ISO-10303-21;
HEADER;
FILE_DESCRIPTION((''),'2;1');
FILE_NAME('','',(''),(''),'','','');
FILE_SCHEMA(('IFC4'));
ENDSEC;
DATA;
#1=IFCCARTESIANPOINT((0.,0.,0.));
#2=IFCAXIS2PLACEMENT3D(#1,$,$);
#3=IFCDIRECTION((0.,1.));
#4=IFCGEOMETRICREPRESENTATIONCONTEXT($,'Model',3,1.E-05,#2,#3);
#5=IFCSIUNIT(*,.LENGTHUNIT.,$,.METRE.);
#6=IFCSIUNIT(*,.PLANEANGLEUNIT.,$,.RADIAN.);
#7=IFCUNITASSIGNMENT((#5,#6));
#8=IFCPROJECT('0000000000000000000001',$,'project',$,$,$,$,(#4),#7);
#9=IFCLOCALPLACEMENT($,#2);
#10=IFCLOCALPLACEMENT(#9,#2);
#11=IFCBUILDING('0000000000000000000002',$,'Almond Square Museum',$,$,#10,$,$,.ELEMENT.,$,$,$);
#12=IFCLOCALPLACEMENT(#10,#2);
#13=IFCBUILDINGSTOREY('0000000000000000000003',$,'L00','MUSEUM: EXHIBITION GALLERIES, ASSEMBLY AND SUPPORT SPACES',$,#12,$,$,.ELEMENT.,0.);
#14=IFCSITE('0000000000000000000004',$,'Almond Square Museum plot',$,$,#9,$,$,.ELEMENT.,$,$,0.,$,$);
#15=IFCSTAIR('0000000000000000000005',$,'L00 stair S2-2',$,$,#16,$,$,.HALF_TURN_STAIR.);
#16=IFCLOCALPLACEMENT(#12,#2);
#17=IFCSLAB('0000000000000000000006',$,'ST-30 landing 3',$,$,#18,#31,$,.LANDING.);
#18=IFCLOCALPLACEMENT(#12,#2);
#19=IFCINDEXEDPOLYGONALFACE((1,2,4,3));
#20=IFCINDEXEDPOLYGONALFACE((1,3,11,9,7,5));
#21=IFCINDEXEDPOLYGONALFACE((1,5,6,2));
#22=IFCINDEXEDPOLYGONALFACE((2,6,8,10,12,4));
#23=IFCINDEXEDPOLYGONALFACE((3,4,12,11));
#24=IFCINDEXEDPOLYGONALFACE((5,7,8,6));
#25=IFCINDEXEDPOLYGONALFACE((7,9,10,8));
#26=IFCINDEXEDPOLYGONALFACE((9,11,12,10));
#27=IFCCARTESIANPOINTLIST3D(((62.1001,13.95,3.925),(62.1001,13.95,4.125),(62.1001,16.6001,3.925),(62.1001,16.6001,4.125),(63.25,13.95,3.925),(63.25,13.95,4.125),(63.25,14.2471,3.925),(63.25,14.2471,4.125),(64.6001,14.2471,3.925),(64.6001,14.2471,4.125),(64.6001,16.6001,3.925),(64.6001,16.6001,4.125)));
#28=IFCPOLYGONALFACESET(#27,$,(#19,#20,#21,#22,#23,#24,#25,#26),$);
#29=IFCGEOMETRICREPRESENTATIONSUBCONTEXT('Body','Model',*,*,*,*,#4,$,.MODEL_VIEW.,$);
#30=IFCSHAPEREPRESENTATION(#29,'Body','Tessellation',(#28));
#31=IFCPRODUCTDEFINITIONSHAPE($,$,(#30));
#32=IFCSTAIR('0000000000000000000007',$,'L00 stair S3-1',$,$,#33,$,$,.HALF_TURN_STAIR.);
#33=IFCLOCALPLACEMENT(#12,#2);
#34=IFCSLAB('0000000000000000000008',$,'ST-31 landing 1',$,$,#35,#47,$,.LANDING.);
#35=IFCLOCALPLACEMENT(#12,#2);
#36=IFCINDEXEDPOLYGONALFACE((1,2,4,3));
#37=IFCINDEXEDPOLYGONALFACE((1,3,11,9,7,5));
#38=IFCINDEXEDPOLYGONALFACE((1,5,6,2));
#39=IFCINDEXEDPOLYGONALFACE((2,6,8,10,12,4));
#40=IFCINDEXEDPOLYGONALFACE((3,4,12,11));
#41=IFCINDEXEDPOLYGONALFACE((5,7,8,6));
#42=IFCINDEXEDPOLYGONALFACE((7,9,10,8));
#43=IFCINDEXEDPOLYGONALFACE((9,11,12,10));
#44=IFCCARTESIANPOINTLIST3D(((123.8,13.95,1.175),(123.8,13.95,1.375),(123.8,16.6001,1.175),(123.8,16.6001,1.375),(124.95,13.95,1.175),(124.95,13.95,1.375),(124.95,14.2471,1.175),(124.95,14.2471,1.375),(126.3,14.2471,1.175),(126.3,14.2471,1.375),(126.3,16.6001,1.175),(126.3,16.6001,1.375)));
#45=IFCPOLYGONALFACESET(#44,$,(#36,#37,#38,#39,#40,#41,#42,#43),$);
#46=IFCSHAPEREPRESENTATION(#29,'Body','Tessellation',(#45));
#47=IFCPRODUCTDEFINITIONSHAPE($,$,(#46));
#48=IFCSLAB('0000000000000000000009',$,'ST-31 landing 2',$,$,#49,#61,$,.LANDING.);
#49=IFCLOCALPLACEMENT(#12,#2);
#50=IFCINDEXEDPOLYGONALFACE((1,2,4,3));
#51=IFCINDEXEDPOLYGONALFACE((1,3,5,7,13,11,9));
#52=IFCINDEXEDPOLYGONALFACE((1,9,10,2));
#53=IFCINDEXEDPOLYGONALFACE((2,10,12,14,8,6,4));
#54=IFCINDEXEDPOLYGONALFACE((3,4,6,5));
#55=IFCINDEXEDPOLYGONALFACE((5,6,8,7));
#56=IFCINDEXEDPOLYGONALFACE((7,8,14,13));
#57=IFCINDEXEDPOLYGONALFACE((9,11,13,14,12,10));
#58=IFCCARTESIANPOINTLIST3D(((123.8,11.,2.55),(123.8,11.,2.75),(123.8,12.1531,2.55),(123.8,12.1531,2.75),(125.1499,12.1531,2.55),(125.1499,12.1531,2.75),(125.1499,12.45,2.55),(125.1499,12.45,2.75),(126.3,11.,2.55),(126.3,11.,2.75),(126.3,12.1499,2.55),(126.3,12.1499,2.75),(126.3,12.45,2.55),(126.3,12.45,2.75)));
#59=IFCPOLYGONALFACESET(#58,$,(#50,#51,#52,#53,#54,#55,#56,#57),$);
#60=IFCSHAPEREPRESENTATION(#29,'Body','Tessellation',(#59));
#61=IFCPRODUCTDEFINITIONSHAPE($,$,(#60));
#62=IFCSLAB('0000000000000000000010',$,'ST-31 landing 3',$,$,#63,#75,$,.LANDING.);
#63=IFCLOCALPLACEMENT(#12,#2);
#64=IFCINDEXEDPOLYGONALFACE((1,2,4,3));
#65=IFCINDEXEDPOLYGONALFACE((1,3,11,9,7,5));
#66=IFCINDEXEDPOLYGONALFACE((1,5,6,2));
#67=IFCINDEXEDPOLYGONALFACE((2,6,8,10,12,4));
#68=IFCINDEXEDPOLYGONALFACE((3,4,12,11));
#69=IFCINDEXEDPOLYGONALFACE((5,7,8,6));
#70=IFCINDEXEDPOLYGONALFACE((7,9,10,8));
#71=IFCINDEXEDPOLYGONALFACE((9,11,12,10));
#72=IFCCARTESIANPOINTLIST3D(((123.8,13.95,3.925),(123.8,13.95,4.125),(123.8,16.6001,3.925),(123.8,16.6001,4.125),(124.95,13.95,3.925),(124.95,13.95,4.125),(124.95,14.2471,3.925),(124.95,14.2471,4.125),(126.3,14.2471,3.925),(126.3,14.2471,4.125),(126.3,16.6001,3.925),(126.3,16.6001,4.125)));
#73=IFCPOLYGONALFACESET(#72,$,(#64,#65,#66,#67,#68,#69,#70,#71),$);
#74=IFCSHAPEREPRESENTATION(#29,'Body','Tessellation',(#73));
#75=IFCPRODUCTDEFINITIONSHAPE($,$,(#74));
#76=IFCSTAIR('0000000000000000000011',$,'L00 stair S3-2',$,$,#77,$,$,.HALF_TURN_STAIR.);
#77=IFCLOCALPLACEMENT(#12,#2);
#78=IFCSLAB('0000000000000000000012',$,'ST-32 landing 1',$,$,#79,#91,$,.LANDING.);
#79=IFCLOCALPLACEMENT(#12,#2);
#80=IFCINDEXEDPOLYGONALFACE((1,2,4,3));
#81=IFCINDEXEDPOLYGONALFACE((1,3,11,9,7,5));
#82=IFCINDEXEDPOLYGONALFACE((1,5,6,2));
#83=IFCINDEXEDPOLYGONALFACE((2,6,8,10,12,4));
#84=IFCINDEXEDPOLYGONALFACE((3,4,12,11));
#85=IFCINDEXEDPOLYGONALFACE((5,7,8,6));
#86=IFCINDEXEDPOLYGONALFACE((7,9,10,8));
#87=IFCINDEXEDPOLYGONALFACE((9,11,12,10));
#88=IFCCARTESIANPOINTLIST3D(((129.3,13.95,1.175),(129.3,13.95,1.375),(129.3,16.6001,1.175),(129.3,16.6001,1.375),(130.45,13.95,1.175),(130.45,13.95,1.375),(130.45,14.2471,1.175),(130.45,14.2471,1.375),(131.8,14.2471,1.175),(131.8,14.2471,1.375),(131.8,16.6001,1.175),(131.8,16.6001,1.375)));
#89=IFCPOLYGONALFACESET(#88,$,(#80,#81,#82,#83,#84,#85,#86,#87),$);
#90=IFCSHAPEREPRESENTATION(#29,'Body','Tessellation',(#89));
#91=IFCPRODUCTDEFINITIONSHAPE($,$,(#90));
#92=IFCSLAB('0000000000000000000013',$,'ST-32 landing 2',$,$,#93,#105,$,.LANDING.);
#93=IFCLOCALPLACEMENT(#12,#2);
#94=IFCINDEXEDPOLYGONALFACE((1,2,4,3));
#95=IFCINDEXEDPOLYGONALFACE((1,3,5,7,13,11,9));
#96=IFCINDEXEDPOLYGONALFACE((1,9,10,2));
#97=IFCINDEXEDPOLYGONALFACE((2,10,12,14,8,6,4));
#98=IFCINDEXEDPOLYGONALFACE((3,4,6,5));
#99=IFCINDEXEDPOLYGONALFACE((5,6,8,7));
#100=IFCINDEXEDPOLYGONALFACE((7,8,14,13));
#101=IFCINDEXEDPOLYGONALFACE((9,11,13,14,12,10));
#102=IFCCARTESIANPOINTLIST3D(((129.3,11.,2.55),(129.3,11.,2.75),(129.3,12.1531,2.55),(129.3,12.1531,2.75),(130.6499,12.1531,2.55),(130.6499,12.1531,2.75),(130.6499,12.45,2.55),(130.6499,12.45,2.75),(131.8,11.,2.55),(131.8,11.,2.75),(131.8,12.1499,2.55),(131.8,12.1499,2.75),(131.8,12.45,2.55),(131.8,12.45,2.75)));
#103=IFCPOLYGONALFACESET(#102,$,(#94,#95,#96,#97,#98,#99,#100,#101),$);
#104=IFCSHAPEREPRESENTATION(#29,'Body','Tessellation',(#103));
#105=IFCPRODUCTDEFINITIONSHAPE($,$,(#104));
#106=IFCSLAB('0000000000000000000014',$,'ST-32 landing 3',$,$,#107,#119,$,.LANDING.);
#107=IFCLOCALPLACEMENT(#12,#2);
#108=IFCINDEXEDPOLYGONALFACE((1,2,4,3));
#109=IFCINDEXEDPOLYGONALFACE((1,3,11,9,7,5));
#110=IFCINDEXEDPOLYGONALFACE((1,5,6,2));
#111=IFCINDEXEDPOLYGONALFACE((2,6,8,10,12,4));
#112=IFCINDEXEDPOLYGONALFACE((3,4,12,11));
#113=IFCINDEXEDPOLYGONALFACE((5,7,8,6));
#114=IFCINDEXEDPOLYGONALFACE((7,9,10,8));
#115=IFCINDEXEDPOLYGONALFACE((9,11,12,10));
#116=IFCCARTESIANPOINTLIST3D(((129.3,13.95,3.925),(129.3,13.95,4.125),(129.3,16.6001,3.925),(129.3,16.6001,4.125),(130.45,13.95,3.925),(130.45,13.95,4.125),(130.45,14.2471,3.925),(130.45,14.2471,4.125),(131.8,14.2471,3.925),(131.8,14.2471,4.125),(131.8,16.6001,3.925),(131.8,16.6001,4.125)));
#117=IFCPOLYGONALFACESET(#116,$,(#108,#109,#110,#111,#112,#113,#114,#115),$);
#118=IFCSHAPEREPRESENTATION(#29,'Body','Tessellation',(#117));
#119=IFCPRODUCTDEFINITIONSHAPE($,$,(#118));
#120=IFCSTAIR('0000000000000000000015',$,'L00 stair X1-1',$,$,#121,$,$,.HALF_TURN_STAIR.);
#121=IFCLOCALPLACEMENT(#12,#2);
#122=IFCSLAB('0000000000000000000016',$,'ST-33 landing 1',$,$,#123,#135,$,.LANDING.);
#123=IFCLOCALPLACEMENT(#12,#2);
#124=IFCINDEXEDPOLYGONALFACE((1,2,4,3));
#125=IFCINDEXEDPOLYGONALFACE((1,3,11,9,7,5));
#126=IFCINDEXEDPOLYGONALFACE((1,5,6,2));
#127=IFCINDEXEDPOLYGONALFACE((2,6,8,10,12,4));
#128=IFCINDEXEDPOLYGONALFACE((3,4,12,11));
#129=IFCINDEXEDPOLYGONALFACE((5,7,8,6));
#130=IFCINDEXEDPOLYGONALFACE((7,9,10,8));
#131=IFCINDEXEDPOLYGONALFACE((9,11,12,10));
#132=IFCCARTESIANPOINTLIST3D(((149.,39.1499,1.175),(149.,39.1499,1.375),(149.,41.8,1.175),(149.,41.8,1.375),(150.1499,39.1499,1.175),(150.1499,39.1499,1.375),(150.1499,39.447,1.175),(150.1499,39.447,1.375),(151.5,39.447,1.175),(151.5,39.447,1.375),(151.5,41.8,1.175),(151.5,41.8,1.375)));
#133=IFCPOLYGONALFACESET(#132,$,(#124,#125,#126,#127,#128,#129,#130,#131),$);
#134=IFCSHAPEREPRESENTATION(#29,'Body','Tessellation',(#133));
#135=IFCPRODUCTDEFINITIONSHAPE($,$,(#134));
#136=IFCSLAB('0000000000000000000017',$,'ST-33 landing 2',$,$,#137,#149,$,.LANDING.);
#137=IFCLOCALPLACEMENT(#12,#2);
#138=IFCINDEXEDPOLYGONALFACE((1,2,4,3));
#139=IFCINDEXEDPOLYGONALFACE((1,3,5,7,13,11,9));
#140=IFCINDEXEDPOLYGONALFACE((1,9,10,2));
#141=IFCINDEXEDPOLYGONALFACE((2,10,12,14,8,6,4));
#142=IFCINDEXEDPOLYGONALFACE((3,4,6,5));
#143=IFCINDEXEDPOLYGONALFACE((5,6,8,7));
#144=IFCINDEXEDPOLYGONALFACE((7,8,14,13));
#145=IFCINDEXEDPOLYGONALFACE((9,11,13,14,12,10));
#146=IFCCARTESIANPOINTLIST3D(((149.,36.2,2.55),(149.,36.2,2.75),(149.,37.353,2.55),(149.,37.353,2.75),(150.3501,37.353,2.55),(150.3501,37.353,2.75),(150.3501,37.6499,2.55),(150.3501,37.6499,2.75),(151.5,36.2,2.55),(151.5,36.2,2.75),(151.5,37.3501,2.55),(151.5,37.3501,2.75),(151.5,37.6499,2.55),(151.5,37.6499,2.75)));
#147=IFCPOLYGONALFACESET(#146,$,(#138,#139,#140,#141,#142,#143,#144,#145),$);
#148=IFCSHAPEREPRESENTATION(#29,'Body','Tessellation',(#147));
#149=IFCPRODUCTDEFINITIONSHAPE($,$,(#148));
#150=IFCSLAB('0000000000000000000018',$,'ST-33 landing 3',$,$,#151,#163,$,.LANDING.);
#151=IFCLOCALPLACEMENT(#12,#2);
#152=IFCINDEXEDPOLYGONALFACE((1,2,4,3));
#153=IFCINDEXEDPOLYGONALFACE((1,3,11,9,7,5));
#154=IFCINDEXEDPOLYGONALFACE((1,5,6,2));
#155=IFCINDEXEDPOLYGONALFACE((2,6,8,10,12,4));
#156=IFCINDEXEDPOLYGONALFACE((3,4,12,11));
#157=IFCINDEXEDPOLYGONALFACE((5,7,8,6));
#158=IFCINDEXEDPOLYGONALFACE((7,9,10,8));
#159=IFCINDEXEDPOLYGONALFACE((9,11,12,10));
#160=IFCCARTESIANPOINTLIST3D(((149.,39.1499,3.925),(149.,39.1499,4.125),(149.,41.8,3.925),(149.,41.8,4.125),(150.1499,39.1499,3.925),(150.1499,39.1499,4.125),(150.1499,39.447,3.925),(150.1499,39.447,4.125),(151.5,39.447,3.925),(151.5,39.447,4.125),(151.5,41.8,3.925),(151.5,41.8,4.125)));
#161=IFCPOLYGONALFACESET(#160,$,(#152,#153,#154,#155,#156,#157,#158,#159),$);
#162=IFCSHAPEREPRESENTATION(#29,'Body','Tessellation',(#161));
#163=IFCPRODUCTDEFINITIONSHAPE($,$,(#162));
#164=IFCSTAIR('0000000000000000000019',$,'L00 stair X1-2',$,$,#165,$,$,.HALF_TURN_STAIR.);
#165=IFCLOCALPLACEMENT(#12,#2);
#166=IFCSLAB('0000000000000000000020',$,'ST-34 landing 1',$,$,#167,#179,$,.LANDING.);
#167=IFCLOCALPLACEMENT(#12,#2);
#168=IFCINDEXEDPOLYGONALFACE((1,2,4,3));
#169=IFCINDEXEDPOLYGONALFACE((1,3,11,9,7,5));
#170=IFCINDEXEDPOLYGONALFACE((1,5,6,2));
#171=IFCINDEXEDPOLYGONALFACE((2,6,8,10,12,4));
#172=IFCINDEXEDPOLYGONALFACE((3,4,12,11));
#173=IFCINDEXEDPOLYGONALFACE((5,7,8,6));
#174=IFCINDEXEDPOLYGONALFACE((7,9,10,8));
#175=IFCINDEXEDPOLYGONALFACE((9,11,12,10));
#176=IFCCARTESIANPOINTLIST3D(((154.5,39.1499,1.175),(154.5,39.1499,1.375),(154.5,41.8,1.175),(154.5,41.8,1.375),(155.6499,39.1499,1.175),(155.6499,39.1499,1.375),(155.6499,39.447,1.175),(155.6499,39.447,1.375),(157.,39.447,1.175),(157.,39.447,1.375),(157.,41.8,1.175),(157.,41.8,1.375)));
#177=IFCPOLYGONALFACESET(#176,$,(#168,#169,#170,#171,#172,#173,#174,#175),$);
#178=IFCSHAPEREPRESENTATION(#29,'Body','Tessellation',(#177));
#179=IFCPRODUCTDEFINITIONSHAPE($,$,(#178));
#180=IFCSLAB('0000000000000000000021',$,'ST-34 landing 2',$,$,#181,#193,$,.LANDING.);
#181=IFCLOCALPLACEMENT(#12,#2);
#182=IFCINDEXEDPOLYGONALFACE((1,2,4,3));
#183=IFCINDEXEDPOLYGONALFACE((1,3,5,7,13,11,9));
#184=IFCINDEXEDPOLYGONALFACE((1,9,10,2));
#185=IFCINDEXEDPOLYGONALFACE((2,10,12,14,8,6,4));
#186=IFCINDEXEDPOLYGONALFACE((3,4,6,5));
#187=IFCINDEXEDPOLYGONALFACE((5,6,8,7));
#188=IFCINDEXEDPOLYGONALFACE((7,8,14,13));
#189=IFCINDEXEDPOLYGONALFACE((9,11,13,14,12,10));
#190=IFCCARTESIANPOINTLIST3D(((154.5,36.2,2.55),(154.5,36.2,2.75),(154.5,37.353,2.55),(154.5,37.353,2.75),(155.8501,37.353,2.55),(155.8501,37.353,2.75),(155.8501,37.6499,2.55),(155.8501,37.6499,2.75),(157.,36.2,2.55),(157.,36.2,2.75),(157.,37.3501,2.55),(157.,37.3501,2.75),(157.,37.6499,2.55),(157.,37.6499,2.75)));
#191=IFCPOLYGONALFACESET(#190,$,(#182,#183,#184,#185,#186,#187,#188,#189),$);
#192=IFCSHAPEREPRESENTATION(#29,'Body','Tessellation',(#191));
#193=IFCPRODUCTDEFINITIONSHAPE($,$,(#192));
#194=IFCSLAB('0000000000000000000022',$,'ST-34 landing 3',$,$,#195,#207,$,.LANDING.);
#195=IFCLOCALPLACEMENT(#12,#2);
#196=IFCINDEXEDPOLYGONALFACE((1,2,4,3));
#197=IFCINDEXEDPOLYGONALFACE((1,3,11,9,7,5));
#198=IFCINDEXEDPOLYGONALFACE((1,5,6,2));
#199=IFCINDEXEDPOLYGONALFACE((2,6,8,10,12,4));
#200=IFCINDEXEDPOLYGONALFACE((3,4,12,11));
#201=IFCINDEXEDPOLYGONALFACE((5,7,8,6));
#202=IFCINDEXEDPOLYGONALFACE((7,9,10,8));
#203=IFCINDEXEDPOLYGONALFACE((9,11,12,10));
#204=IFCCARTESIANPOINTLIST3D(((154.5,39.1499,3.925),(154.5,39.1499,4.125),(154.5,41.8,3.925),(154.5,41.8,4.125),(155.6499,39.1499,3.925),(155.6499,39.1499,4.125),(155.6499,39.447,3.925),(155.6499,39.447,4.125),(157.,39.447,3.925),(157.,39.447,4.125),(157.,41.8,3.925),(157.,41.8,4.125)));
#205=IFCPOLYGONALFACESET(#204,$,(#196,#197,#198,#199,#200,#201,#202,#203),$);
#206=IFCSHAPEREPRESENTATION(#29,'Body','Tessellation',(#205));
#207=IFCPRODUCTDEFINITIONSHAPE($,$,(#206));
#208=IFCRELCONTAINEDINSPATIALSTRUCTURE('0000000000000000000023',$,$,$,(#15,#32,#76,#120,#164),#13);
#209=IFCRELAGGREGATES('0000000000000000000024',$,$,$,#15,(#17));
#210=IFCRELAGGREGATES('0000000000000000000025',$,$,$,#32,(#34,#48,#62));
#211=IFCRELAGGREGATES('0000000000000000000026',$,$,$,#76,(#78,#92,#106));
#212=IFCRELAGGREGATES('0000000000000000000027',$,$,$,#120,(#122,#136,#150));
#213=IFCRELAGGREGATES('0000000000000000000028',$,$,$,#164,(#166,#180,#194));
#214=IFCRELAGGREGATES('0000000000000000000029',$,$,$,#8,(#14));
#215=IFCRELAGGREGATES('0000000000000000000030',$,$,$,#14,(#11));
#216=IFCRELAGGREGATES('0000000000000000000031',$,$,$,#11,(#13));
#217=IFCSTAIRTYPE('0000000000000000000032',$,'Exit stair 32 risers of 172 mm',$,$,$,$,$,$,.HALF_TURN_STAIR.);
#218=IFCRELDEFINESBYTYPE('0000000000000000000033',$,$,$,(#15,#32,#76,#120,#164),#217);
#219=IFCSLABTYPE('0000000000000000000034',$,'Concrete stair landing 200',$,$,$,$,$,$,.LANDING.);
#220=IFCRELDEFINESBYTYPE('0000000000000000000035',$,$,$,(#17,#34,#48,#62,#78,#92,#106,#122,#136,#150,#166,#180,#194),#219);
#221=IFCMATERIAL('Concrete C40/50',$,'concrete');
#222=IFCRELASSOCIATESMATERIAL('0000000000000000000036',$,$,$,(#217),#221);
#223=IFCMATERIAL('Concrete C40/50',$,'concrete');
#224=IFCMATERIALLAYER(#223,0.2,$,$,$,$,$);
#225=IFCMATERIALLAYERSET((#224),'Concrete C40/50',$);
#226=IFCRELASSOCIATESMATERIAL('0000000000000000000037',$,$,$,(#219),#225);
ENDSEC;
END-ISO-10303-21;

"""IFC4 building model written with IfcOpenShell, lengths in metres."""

from ifc_helpers import new_model, si_unit, direction, frame, origin, place, context, subcontext, project, spatial, polyline, outline, extrude, material, layer, layer_set, type_object, element, aggregate, save


model = new_model("IFC4")

# Units and contexts
model_context = context("Model", 3, precision=1e-05, world=origin(), true_north=direction((0.0, 1.0)))
body_context = subcontext(model_context, "Body", "Model", "MODEL_VIEW")
ifc_project = project(units=[si_unit("LENGTHUNIT", "METRE"), si_unit("PLANEANGLEUNIT", "RADIAN")], contexts=[model_context])

# Site, building, storey
site_placement = place(None, origin())
site = spatial("IfcSite", under=ifc_project, at=site_placement, Name="Almond Square Museum plot", CompositionType="ELEMENT", RefElevation=0.0)
building_placement = place(site_placement, origin())
building = spatial("IfcBuilding", under=site, at=building_placement, Name="Almond Square Museum", CompositionType="ELEMENT")
storey_placement = place(building_placement, origin())
storey = spatial("IfcBuildingStorey", under=building, at=storey_placement, Name="L00", Description="MUSEUM: EXHIBITION GALLERIES, ASSEMBLY AND SUPPORT SPACES", CompositionType="ELEMENT", Elevation=0.0)

# Stairs, slabs
ifc_material_1 = material(Name="Concrete C40/50", Category="concrete")
stair_type_1 = type_object("IfcStairType", Name="Exit stair 32 risers of 172 mm", PredefinedType="HALF_TURN_STAIR", material=ifc_material_1)
ifc_material_2 = material(Name="Concrete C40/50", Category="concrete")
ifc_layer_1 = layer(ifc_material_2, 0.2)
ifc_layer_set_1 = layer_set([ifc_layer_1], Name="Concrete C40/50")
slab_type_1 = type_object("IfcSlabType", Name="Concrete stair landing 200", PredefinedType="LANDING", material=ifc_layer_set_1)
stair_1_placement = place(storey_placement, origin())
stair_1 = element("IfcStair", 1, at=stair_1_placement, inside=storey, type_object=stair_type_1, Name="L00 stair S2-2", PredefinedType="HALF_TURN_STAIR")
slab_1_placement = place(storey_placement, frame((0.0, 0.0, 3.925)))
slab_1 = element("IfcSlab", 2, at=slab_1_placement, type_object=slab_type_1, Name="ST-30 landing 3", PredefinedType="LANDING", context=body_context, shape_type="SweptSolid", body=[
    extrude(outline(polyline([(64.6001, 14.2471), (64.6001, 16.6001), (62.1001, 16.6001), (62.1001, 13.95), (63.25, 13.95), (63.25, 14.2471), (64.6001, 14.2471)])), origin(), (0.0, 0.0, 1.0), 0.2),
])
aggregate(stair_1, [slab_1])
stair_2_placement = place(storey_placement, origin())
stair_2 = element("IfcStair", 3, at=stair_2_placement, inside=storey, type_object=stair_type_1, Name="L00 stair S3-1", PredefinedType="HALF_TURN_STAIR")
slab_2_placement = place(storey_placement, frame((0.0, 0.0, 1.175)))
slab_2 = element("IfcSlab", 4, at=slab_2_placement, type_object=slab_type_1, Name="ST-31 landing 1", PredefinedType="LANDING", context=body_context, shape_type="SweptSolid", body=[
    extrude(outline(polyline([(126.3, 14.2471), (126.3, 16.6001), (123.8, 16.6001), (123.8, 13.95), (124.95, 13.95), (124.95, 14.2471), (126.3, 14.2471)])), origin(), (0.0, 0.0, 1.0), 0.2),
])
slab_3_placement = place(storey_placement, frame((0.0, 0.0, 2.55)))
slab_3 = element("IfcSlab", 5, at=slab_3_placement, type_object=slab_type_1, Name="ST-31 landing 2", PredefinedType="LANDING", context=body_context, shape_type="SweptSolid", body=[
    extrude(outline(polyline([(126.3, 11.0), (126.3, 12.1499), (126.3, 12.45), (125.1499, 12.45), (125.1499, 12.1531), (123.8, 12.1531), (123.8, 11.0), (126.3, 11.0)])), origin(), (0.0, 0.0, 1.0), 0.2),
])
slab_4_placement = place(storey_placement, frame((0.0, 0.0, 3.925)))
slab_4 = element("IfcSlab", 6, at=slab_4_placement, type_object=slab_type_1, Name="ST-31 landing 3", PredefinedType="LANDING", context=body_context, shape_type="SweptSolid", body=[
    extrude(outline(polyline([(126.3, 14.2471), (126.3, 16.6001), (123.8, 16.6001), (123.8, 13.95), (124.95, 13.95), (124.95, 14.2471), (126.3, 14.2471)])), origin(), (0.0, 0.0, 1.0), 0.2),
])
aggregate(stair_2, [slab_2, slab_3, slab_4])
stair_3_placement = place(storey_placement, origin())
stair_3 = element("IfcStair", 7, at=stair_3_placement, inside=storey, type_object=stair_type_1, Name="L00 stair S3-2", PredefinedType="HALF_TURN_STAIR")
slab_5_placement = place(storey_placement, frame((0.0, 0.0, 1.175)))
slab_5 = element("IfcSlab", 8, at=slab_5_placement, type_object=slab_type_1, Name="ST-32 landing 1", PredefinedType="LANDING", context=body_context, shape_type="SweptSolid", body=[
    extrude(outline(polyline([(131.8, 14.2471), (131.8, 16.6001), (129.3, 16.6001), (129.3, 13.95), (130.45, 13.95), (130.45, 14.2471), (131.8, 14.2471)])), origin(), (0.0, 0.0, 1.0), 0.2),
])
slab_6_placement = place(storey_placement, frame((0.0, 0.0, 2.55)))
slab_6 = element("IfcSlab", 9, at=slab_6_placement, type_object=slab_type_1, Name="ST-32 landing 2", PredefinedType="LANDING", context=body_context, shape_type="SweptSolid", body=[
    extrude(outline(polyline([(131.8, 11.0), (131.8, 12.1499), (131.8, 12.45), (130.6499, 12.45), (130.6499, 12.1531), (129.3, 12.1531), (129.3, 11.0), (131.8, 11.0)])), origin(), (0.0, 0.0, 1.0), 0.2),
])
slab_7_placement = place(storey_placement, frame((0.0, 0.0, 3.925)))
slab_7 = element("IfcSlab", 10, at=slab_7_placement, type_object=slab_type_1, Name="ST-32 landing 3", PredefinedType="LANDING", context=body_context, shape_type="SweptSolid", body=[
    extrude(outline(polyline([(131.8, 14.2471), (131.8, 16.6001), (129.3, 16.6001), (129.3, 13.95), (130.45, 13.95), (130.45, 14.2471), (131.8, 14.2471)])), origin(), (0.0, 0.0, 1.0), 0.2),
])
aggregate(stair_3, [slab_5, slab_6, slab_7])
stair_4_placement = place(storey_placement, origin())
stair_4 = element("IfcStair", 11, at=stair_4_placement, inside=storey, type_object=stair_type_1, Name="L00 stair X1-1", PredefinedType="HALF_TURN_STAIR")
slab_8_placement = place(storey_placement, frame((0.0, 0.0, 1.175)))
slab_8 = element("IfcSlab", 12, at=slab_8_placement, type_object=slab_type_1, Name="ST-33 landing 1", PredefinedType="LANDING", context=body_context, shape_type="SweptSolid", body=[
    extrude(outline(polyline([(151.5, 39.447), (151.5, 41.8), (149.0, 41.8), (149.0, 39.1499), (150.1499, 39.1499), (150.1499, 39.447), (151.5, 39.447)])), origin(), (0.0, 0.0, 1.0), 0.2),
])
slab_9_placement = place(storey_placement, frame((0.0, 0.0, 2.55)))
slab_9 = element("IfcSlab", 13, at=slab_9_placement, type_object=slab_type_1, Name="ST-33 landing 2", PredefinedType="LANDING", context=body_context, shape_type="SweptSolid", body=[
    extrude(outline(polyline([(151.5, 36.2), (151.5, 37.3501), (151.5, 37.6499), (150.3501, 37.6499), (150.3501, 37.353), (149.0, 37.353), (149.0, 36.2), (151.5, 36.2)])), origin(), (0.0, 0.0, 1.0), 0.2),
])
slab_10_placement = place(storey_placement, frame((0.0, 0.0, 3.925)))
slab_10 = element("IfcSlab", 14, at=slab_10_placement, type_object=slab_type_1, Name="ST-33 landing 3", PredefinedType="LANDING", context=body_context, shape_type="SweptSolid", body=[
    extrude(outline(polyline([(151.5, 39.447), (151.5, 41.8), (149.0, 41.8), (149.0, 39.1499), (150.1499, 39.1499), (150.1499, 39.447), (151.5, 39.447)])), origin(), (0.0, 0.0, 1.0), 0.2),
])
aggregate(stair_4, [slab_8, slab_9, slab_10])
stair_5_placement = place(storey_placement, origin())
stair_5 = element("IfcStair", 15, at=stair_5_placement, inside=storey, type_object=stair_type_1, Name="L00 stair X1-2", PredefinedType="HALF_TURN_STAIR")
slab_11_placement = place(storey_placement, frame((0.0, 0.0, 1.175)))
slab_11 = element("IfcSlab", 16, at=slab_11_placement, type_object=slab_type_1, Name="ST-34 landing 1", PredefinedType="LANDING", context=body_context, shape_type="SweptSolid", body=[
    extrude(outline(polyline([(157.0, 39.447), (157.0, 41.8), (154.5, 41.8), (154.5, 39.1499), (155.6499, 39.1499), (155.6499, 39.447), (157.0, 39.447)])), origin(), (0.0, 0.0, 1.0), 0.2),
])
slab_12_placement = place(storey_placement, frame((0.0, 0.0, 2.55)))
slab_12 = element("IfcSlab", 17, at=slab_12_placement, type_object=slab_type_1, Name="ST-34 landing 2", PredefinedType="LANDING", context=body_context, shape_type="SweptSolid", body=[
    extrude(outline(polyline([(157.0, 36.2), (157.0, 37.3501), (157.0, 37.6499), (155.8501, 37.6499), (155.8501, 37.353), (154.5, 37.353), (154.5, 36.2), (157.0, 36.2)])), origin(), (0.0, 0.0, 1.0), 0.2),
])
slab_13_placement = place(storey_placement, frame((0.0, 0.0, 3.925)))
slab_13 = element("IfcSlab", 18, at=slab_13_placement, type_object=slab_type_1, Name="ST-34 landing 3", PredefinedType="LANDING", context=body_context, shape_type="SweptSolid", body=[
    extrude(outline(polyline([(157.0, 39.447), (157.0, 41.8), (154.5, 41.8), (154.5, 39.1499), (155.6499, 39.1499), (155.6499, 39.447), (157.0, 39.447)])), origin(), (0.0, 0.0, 1.0), 0.2),
])
aggregate(stair_5, [slab_11, slab_12, slab_13])

save(model, "model.ifc")
